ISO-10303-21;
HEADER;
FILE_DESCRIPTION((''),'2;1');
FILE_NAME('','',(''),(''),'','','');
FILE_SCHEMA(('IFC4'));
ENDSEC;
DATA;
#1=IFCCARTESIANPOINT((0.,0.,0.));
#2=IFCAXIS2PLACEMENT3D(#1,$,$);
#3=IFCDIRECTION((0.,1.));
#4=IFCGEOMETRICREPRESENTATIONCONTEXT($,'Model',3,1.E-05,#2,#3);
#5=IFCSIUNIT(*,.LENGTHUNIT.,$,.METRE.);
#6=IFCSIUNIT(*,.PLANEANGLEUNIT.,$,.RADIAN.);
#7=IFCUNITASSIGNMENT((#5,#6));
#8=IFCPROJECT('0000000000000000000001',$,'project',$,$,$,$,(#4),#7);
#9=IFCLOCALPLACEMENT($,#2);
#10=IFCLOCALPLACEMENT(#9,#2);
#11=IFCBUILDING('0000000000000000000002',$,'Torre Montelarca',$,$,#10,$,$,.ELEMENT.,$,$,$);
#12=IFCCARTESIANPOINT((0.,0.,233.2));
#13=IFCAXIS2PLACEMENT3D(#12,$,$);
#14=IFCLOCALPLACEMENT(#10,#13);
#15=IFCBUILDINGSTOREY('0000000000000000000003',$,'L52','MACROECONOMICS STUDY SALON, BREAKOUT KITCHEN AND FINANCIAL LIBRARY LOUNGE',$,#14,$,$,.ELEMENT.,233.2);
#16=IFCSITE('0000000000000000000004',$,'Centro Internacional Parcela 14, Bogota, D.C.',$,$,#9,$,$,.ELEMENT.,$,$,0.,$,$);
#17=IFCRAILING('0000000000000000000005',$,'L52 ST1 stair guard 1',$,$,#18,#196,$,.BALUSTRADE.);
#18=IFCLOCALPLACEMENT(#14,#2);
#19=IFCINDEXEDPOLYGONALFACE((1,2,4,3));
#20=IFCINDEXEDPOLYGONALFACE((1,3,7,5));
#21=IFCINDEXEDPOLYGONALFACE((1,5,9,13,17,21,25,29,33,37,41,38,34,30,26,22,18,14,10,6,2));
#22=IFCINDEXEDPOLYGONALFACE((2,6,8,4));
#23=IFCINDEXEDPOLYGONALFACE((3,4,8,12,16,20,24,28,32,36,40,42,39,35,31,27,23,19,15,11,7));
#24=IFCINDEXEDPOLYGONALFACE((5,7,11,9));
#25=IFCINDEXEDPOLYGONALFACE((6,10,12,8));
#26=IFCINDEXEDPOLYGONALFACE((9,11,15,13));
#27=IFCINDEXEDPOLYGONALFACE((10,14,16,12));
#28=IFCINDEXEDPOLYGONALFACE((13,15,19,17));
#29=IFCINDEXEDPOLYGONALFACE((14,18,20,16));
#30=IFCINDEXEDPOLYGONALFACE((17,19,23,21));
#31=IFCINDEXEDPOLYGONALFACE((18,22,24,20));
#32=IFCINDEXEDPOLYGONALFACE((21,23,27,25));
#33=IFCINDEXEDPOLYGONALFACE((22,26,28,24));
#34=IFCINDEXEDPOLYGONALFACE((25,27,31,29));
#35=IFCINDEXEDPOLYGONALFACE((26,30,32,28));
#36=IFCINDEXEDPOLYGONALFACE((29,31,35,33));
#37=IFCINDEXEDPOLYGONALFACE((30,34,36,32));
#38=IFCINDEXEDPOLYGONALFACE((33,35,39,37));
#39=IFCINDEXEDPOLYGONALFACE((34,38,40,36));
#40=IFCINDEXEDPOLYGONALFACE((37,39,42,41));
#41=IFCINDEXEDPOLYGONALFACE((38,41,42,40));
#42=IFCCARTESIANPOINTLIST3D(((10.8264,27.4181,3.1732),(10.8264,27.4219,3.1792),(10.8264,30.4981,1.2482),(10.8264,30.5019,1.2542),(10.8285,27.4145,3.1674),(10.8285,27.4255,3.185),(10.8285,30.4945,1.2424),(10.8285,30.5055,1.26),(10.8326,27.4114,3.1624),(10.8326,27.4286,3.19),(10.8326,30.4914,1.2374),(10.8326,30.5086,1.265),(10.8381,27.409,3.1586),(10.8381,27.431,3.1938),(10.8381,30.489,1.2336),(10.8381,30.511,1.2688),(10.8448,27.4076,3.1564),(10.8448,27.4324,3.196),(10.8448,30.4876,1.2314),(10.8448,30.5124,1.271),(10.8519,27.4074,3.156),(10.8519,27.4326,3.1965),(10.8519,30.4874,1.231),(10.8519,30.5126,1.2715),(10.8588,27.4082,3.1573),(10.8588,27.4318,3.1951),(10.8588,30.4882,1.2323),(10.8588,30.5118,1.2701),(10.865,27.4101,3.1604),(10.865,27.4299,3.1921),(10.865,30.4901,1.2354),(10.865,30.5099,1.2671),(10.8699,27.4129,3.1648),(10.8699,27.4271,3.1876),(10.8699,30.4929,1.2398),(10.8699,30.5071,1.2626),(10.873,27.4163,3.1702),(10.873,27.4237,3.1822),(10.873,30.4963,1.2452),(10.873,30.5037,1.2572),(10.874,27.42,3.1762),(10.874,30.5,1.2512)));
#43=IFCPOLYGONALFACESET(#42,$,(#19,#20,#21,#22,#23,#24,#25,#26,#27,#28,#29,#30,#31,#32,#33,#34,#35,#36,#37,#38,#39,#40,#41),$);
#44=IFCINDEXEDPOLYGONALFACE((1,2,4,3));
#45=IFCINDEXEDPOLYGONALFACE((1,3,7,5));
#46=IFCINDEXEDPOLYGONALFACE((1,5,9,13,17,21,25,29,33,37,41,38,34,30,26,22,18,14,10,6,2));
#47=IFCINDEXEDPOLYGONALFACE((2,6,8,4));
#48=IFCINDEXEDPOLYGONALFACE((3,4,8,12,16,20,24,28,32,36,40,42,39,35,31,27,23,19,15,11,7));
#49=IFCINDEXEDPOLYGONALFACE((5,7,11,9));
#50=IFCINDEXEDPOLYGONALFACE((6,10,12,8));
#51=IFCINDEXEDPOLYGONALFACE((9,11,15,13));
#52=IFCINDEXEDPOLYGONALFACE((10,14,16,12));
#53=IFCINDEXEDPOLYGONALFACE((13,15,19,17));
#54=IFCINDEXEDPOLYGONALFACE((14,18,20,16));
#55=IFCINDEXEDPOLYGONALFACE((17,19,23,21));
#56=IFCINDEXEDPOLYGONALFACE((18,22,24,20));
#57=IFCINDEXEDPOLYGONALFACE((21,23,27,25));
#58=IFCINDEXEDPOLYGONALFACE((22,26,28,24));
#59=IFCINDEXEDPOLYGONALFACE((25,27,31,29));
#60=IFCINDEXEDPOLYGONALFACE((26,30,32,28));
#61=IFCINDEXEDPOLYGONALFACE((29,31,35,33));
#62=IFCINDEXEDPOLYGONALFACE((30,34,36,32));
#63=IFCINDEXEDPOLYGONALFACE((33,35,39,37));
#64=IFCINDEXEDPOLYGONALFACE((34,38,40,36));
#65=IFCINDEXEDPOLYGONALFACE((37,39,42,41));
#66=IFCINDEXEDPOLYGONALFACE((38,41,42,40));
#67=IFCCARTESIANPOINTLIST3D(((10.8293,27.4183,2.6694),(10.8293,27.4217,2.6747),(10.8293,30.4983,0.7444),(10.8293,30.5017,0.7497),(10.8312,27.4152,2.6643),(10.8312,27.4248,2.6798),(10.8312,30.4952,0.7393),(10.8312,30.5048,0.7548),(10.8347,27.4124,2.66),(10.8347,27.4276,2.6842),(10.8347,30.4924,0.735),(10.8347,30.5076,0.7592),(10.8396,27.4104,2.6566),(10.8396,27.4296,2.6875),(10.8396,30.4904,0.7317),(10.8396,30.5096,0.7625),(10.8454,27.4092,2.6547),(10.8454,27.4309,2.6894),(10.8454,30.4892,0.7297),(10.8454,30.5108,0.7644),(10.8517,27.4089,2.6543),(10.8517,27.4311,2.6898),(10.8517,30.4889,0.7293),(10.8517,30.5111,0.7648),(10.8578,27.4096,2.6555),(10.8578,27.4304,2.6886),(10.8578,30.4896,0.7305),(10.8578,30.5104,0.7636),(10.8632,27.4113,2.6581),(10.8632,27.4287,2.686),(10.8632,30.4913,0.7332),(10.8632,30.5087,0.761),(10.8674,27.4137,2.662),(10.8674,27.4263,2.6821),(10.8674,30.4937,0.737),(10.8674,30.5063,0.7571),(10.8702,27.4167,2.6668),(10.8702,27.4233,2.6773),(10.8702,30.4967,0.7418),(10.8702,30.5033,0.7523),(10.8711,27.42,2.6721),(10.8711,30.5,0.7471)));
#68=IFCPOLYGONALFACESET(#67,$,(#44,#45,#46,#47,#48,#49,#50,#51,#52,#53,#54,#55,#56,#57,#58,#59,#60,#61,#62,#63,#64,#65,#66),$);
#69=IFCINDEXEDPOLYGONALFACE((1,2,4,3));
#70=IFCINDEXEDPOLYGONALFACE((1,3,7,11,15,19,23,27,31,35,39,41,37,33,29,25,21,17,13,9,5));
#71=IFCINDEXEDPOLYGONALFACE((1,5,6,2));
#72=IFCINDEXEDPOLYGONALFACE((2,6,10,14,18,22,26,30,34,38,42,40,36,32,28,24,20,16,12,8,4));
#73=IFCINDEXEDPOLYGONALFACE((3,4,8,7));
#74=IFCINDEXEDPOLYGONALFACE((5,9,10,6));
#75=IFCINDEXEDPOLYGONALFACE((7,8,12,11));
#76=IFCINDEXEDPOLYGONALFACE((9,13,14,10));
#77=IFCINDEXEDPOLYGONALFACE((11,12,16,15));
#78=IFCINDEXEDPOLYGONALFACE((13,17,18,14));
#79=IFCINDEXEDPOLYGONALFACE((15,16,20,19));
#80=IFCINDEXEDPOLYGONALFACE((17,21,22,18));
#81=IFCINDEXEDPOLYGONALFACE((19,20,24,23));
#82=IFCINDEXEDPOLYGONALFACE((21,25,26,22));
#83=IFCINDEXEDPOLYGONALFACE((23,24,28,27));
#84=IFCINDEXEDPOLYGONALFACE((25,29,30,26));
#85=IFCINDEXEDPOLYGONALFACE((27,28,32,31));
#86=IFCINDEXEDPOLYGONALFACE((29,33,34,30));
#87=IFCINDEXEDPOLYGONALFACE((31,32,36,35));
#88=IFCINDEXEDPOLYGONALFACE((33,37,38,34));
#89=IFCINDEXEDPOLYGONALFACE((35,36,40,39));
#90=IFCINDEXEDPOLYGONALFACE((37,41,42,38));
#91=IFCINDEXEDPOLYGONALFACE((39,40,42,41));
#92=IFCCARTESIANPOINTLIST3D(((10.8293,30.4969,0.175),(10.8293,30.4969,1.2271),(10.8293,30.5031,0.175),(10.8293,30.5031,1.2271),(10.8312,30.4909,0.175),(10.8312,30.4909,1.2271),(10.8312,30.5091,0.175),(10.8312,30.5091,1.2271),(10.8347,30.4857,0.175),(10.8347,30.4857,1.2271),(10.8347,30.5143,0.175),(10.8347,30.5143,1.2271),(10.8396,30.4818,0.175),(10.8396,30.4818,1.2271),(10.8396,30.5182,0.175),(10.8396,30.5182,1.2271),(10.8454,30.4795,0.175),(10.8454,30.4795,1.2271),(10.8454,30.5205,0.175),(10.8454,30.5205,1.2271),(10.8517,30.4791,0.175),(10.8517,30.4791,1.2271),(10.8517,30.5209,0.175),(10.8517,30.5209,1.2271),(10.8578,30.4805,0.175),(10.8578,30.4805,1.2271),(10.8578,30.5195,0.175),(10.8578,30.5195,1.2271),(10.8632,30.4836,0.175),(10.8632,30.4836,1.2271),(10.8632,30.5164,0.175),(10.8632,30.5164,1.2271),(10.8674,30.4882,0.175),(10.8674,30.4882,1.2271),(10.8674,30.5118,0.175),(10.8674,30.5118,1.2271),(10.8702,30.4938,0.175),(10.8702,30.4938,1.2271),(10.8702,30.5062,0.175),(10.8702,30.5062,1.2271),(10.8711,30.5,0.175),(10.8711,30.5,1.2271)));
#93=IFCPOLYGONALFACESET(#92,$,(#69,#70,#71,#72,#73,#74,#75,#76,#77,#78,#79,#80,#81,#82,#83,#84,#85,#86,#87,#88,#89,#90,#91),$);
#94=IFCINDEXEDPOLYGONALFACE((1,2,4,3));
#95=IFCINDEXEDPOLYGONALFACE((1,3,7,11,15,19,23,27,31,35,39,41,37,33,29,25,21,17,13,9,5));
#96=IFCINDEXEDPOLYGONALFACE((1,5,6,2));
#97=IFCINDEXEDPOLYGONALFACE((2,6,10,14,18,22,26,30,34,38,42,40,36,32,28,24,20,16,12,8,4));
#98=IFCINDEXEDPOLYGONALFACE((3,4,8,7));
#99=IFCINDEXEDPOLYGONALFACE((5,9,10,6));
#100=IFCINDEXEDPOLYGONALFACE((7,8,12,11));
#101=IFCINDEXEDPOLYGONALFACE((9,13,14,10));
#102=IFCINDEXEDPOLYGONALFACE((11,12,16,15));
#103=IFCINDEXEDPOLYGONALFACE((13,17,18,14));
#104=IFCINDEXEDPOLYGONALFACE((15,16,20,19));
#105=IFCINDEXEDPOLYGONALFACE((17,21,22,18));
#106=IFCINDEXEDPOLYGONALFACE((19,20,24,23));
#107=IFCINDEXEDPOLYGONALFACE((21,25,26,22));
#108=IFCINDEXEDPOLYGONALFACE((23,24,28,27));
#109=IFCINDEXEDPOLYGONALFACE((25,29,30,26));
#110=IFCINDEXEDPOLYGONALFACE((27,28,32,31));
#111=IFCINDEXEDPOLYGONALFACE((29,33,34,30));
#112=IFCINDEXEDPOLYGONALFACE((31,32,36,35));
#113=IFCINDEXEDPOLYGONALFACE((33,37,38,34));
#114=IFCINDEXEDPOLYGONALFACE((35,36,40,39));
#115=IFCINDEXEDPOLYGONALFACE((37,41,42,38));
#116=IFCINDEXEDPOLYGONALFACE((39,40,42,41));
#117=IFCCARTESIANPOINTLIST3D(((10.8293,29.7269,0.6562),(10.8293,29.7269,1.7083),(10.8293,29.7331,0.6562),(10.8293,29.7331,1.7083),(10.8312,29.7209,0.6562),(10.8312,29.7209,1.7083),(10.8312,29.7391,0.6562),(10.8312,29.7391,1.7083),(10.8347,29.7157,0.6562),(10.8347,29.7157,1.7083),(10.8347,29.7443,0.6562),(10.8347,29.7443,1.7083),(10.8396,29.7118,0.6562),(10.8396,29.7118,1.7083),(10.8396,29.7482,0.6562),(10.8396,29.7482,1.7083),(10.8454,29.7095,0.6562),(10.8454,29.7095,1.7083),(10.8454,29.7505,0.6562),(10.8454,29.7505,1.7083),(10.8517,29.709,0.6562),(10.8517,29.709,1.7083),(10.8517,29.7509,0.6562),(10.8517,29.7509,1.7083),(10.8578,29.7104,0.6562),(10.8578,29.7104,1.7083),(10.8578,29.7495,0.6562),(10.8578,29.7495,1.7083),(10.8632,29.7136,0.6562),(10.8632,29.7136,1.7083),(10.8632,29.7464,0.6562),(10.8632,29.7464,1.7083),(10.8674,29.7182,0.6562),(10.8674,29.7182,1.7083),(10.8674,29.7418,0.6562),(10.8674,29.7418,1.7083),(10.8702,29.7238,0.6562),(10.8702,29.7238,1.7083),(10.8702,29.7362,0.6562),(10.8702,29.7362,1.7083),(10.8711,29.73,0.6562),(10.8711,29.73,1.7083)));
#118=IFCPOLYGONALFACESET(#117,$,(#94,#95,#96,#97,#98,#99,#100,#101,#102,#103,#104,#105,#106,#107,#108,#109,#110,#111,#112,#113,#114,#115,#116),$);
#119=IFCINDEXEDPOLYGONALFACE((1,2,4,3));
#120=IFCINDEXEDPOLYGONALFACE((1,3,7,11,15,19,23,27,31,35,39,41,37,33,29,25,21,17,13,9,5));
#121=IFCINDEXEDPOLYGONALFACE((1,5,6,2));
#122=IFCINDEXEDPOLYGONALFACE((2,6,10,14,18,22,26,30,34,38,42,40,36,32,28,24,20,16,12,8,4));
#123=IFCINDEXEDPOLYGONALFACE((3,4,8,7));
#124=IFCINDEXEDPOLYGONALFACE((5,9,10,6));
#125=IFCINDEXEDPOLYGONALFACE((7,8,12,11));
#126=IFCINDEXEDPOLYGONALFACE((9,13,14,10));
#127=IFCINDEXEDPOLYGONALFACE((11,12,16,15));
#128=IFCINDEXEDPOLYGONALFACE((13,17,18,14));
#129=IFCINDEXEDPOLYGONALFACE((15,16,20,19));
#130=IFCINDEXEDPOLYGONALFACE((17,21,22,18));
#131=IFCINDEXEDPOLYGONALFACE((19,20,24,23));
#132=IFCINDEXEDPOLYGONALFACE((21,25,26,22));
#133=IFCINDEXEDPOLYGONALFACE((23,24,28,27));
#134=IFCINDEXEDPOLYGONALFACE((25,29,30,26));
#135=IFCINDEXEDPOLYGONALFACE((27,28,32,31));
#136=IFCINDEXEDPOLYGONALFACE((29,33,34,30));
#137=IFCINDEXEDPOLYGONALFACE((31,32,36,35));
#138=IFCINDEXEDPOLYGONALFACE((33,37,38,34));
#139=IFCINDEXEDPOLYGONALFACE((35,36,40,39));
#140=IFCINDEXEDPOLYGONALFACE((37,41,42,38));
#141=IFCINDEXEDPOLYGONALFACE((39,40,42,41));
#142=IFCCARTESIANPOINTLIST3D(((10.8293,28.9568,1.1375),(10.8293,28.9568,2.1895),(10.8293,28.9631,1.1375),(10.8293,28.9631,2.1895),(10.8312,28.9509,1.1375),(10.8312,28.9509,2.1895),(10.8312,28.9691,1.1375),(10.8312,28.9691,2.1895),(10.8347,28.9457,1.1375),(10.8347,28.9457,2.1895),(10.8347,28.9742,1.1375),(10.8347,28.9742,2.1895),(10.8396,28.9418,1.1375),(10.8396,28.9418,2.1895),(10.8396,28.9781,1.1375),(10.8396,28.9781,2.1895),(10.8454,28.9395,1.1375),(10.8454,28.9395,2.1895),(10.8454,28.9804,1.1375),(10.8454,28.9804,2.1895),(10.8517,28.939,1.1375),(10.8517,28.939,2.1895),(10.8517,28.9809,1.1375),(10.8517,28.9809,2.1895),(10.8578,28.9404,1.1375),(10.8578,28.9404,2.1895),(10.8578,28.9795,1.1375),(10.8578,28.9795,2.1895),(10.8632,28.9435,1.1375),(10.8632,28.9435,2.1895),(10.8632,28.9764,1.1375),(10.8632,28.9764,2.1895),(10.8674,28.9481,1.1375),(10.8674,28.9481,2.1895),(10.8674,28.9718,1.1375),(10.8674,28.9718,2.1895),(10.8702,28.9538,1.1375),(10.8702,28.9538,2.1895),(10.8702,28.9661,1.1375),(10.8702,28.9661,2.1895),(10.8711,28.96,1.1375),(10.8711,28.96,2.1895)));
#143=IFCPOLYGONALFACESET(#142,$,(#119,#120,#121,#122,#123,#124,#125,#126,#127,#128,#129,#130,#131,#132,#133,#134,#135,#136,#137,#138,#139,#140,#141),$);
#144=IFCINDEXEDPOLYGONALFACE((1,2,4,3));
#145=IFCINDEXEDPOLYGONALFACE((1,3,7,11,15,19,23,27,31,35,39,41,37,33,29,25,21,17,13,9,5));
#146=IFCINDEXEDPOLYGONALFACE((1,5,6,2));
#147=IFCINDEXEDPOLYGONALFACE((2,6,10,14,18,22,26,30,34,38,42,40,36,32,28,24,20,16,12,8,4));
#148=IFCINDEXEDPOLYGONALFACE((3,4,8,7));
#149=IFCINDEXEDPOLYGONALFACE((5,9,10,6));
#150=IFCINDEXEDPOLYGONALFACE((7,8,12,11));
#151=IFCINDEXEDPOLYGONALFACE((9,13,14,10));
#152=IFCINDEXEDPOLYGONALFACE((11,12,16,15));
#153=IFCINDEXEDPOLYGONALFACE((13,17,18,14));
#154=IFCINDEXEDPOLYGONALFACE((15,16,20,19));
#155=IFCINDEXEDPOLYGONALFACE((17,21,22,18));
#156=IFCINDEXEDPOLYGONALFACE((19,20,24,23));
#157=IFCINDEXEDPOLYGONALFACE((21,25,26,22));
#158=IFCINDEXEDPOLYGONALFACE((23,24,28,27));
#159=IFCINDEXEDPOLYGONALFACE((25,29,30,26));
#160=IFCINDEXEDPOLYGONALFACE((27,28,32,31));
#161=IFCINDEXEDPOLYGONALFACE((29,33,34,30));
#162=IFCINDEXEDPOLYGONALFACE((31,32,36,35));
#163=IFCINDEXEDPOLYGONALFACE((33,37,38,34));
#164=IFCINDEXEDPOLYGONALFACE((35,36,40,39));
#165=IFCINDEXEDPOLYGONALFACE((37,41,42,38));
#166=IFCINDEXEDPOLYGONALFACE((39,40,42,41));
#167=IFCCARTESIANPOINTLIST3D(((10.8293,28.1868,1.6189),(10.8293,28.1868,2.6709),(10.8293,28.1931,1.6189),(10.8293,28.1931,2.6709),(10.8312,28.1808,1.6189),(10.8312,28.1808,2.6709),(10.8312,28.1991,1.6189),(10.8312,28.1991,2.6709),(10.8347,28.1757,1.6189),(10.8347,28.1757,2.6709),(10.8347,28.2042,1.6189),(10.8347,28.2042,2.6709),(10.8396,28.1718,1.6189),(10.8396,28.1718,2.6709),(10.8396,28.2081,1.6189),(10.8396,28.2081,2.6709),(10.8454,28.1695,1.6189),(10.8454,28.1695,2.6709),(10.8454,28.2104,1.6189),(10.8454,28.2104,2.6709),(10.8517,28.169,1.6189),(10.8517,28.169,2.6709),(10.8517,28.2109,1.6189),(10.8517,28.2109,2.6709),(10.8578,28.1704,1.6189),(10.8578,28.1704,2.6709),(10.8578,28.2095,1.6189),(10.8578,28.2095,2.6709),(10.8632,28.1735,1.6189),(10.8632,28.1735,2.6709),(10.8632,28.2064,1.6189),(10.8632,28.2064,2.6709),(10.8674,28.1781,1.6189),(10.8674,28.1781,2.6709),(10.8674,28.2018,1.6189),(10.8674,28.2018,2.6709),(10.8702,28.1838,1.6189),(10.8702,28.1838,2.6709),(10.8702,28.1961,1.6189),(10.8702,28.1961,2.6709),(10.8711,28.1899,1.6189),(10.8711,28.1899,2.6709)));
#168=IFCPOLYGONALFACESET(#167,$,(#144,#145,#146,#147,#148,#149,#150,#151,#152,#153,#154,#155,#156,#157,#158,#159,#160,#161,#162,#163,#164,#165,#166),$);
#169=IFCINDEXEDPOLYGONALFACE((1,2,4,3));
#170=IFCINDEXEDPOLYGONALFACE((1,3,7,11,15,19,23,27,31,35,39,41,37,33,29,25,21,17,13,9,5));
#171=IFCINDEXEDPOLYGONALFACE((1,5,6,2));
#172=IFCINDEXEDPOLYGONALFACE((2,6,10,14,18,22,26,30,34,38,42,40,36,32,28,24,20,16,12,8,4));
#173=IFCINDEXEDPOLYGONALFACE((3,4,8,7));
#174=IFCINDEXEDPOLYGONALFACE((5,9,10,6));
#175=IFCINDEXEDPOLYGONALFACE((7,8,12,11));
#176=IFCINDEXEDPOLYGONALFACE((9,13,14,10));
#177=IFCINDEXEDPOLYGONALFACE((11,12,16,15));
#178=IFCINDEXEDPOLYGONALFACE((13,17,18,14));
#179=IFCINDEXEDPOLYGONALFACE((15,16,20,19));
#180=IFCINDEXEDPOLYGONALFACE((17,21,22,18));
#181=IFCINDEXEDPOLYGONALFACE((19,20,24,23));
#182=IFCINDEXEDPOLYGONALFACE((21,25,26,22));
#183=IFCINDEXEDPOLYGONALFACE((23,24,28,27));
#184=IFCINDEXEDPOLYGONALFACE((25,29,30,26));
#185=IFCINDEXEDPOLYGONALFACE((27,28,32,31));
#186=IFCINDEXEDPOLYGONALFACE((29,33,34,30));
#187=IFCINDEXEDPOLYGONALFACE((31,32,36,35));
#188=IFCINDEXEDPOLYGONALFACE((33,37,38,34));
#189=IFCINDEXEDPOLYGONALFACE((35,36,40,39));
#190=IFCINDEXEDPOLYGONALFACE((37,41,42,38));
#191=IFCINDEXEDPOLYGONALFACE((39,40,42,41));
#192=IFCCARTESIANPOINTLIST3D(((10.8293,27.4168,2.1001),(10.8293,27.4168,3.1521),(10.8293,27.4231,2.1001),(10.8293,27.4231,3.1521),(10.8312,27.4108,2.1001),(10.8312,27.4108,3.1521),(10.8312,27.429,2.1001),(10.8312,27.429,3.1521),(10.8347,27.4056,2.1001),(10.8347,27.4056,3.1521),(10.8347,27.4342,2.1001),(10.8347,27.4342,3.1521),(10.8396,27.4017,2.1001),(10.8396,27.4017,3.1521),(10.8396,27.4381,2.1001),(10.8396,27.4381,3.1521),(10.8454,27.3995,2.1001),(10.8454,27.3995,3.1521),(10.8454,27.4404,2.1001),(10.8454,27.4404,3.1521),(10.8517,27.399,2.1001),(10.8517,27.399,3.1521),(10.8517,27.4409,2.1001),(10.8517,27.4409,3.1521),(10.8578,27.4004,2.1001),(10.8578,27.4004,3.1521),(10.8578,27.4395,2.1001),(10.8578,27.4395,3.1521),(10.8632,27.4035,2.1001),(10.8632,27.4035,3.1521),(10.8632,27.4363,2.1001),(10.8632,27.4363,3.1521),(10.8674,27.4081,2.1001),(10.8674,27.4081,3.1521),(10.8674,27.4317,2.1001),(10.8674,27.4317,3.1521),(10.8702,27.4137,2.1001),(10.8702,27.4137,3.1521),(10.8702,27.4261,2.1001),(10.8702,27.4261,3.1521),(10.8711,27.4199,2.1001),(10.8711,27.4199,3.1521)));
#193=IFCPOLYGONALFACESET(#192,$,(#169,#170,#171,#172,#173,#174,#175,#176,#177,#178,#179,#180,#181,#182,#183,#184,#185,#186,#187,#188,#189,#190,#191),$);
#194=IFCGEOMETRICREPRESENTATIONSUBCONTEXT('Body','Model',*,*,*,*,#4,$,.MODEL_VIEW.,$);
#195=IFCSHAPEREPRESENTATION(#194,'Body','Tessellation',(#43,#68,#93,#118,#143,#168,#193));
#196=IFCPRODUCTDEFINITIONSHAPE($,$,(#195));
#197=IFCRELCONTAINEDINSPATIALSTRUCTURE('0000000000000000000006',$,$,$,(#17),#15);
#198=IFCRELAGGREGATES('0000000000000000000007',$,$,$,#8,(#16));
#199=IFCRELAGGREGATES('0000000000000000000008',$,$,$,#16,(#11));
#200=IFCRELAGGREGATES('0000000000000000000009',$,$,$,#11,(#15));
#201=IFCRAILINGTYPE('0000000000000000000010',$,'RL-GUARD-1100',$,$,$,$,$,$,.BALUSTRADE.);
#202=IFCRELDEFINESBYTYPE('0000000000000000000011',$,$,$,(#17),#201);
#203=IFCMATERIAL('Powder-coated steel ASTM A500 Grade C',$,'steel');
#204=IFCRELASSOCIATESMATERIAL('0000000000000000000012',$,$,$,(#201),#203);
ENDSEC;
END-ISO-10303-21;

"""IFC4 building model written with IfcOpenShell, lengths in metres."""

from ifc_helpers import new_model, si_unit, direction, frame, origin, origin_2d, place, context, subcontext, project, spatial, circle, extrude, material, type_object, element, save


model = new_model("IFC4")

# Units and contexts
model_context = context("Model", 3, precision=1e-05, world=origin(), true_north=direction((0.0, 1.0)))
body_context = subcontext(model_context, "Body", "Model", "MODEL_VIEW")
ifc_project = project(units=[si_unit("LENGTHUNIT", "METRE"), si_unit("PLANEANGLEUNIT", "RADIAN")], contexts=[model_context])

# Site, building, storey
site_placement = place(None, origin())
site = spatial("IfcSite", under=ifc_project, at=site_placement, Name="Centro Internacional Parcela 14, Bogota, D.C.", CompositionType="ELEMENT", RefElevation=0.0)
building_placement = place(site_placement, origin())
building = spatial("IfcBuilding", under=site, at=building_placement, Name="Torre Montelarca", CompositionType="ELEMENT")
storey_placement = place(building_placement, frame((0.0, 0.0, 233.2)))
storey = spatial("IfcBuildingStorey", under=building, at=storey_placement, Name="L52", Description="MACROECONOMICS STUDY SALON, BREAKOUT KITCHEN AND FINANCIAL LIBRARY LOUNGE", CompositionType="ELEMENT", Elevation=233.2)

# Railing
ifc_material_1 = material(Name="Powder-coated steel ASTM A500 Grade C", Category="steel")
railing_type_1 = type_object("IfcRailingType", Name="RL-GUARD-1100", PredefinedType="BALUSTRADE", material=ifc_material_1)
railing_1_placement = place(storey_placement, frame((10.8501, 30.5, 0.175)))
element("IfcRailing", 1, at=railing_1_placement, inside=storey, type_object=railing_type_1, Name="L52 ST1 stair guard 1", PredefinedType="BALUSTRADE", context=body_context, shape_type="SweptSolid", body=[
    extrude(circle(Radius=0.0239, at=origin_2d()), frame((0.0, 0.0, 1.0762), z_axis=(0.0, -0.847998, 0.529999), x_axis=(1.0, 0.0, 0.0)), (0.0, 0.0, 1.0), 3.6321),
    extrude(circle(Radius=0.021, at=origin_2d()), frame((0.0, 0.0, 0.572), z_axis=(0.0, -0.847998, 0.529999), x_axis=(1.0, 0.0, 0.0)), (0.0, 0.0, 1.0), 3.6321),
    extrude(circle(Radius=0.021, at=origin_2d()), origin(), (0.0, 0.0, 1.0), 1.052),
    extrude(circle(Radius=0.021, at=origin_2d()), frame((0.0, -0.77, 0.4812)), (0.0, 0.0, 1.0), 1.052),
    extrude(circle(Radius=0.021, at=origin_2d()), frame((0.0, -1.54, 0.9624)), (0.0, 0.0, 1.0), 1.052),
    extrude(circle(Radius=0.021, at=origin_2d()), frame((0.0, -2.3101, 1.4438)), (0.0, 0.0, 1.0), 1.052),
    extrude(circle(Radius=0.021, at=origin_2d()), frame((0.0, -3.0801, 1.925)), (0.0, 0.0, 1.0), 1.052),
])

save(model, "model.ifc")
